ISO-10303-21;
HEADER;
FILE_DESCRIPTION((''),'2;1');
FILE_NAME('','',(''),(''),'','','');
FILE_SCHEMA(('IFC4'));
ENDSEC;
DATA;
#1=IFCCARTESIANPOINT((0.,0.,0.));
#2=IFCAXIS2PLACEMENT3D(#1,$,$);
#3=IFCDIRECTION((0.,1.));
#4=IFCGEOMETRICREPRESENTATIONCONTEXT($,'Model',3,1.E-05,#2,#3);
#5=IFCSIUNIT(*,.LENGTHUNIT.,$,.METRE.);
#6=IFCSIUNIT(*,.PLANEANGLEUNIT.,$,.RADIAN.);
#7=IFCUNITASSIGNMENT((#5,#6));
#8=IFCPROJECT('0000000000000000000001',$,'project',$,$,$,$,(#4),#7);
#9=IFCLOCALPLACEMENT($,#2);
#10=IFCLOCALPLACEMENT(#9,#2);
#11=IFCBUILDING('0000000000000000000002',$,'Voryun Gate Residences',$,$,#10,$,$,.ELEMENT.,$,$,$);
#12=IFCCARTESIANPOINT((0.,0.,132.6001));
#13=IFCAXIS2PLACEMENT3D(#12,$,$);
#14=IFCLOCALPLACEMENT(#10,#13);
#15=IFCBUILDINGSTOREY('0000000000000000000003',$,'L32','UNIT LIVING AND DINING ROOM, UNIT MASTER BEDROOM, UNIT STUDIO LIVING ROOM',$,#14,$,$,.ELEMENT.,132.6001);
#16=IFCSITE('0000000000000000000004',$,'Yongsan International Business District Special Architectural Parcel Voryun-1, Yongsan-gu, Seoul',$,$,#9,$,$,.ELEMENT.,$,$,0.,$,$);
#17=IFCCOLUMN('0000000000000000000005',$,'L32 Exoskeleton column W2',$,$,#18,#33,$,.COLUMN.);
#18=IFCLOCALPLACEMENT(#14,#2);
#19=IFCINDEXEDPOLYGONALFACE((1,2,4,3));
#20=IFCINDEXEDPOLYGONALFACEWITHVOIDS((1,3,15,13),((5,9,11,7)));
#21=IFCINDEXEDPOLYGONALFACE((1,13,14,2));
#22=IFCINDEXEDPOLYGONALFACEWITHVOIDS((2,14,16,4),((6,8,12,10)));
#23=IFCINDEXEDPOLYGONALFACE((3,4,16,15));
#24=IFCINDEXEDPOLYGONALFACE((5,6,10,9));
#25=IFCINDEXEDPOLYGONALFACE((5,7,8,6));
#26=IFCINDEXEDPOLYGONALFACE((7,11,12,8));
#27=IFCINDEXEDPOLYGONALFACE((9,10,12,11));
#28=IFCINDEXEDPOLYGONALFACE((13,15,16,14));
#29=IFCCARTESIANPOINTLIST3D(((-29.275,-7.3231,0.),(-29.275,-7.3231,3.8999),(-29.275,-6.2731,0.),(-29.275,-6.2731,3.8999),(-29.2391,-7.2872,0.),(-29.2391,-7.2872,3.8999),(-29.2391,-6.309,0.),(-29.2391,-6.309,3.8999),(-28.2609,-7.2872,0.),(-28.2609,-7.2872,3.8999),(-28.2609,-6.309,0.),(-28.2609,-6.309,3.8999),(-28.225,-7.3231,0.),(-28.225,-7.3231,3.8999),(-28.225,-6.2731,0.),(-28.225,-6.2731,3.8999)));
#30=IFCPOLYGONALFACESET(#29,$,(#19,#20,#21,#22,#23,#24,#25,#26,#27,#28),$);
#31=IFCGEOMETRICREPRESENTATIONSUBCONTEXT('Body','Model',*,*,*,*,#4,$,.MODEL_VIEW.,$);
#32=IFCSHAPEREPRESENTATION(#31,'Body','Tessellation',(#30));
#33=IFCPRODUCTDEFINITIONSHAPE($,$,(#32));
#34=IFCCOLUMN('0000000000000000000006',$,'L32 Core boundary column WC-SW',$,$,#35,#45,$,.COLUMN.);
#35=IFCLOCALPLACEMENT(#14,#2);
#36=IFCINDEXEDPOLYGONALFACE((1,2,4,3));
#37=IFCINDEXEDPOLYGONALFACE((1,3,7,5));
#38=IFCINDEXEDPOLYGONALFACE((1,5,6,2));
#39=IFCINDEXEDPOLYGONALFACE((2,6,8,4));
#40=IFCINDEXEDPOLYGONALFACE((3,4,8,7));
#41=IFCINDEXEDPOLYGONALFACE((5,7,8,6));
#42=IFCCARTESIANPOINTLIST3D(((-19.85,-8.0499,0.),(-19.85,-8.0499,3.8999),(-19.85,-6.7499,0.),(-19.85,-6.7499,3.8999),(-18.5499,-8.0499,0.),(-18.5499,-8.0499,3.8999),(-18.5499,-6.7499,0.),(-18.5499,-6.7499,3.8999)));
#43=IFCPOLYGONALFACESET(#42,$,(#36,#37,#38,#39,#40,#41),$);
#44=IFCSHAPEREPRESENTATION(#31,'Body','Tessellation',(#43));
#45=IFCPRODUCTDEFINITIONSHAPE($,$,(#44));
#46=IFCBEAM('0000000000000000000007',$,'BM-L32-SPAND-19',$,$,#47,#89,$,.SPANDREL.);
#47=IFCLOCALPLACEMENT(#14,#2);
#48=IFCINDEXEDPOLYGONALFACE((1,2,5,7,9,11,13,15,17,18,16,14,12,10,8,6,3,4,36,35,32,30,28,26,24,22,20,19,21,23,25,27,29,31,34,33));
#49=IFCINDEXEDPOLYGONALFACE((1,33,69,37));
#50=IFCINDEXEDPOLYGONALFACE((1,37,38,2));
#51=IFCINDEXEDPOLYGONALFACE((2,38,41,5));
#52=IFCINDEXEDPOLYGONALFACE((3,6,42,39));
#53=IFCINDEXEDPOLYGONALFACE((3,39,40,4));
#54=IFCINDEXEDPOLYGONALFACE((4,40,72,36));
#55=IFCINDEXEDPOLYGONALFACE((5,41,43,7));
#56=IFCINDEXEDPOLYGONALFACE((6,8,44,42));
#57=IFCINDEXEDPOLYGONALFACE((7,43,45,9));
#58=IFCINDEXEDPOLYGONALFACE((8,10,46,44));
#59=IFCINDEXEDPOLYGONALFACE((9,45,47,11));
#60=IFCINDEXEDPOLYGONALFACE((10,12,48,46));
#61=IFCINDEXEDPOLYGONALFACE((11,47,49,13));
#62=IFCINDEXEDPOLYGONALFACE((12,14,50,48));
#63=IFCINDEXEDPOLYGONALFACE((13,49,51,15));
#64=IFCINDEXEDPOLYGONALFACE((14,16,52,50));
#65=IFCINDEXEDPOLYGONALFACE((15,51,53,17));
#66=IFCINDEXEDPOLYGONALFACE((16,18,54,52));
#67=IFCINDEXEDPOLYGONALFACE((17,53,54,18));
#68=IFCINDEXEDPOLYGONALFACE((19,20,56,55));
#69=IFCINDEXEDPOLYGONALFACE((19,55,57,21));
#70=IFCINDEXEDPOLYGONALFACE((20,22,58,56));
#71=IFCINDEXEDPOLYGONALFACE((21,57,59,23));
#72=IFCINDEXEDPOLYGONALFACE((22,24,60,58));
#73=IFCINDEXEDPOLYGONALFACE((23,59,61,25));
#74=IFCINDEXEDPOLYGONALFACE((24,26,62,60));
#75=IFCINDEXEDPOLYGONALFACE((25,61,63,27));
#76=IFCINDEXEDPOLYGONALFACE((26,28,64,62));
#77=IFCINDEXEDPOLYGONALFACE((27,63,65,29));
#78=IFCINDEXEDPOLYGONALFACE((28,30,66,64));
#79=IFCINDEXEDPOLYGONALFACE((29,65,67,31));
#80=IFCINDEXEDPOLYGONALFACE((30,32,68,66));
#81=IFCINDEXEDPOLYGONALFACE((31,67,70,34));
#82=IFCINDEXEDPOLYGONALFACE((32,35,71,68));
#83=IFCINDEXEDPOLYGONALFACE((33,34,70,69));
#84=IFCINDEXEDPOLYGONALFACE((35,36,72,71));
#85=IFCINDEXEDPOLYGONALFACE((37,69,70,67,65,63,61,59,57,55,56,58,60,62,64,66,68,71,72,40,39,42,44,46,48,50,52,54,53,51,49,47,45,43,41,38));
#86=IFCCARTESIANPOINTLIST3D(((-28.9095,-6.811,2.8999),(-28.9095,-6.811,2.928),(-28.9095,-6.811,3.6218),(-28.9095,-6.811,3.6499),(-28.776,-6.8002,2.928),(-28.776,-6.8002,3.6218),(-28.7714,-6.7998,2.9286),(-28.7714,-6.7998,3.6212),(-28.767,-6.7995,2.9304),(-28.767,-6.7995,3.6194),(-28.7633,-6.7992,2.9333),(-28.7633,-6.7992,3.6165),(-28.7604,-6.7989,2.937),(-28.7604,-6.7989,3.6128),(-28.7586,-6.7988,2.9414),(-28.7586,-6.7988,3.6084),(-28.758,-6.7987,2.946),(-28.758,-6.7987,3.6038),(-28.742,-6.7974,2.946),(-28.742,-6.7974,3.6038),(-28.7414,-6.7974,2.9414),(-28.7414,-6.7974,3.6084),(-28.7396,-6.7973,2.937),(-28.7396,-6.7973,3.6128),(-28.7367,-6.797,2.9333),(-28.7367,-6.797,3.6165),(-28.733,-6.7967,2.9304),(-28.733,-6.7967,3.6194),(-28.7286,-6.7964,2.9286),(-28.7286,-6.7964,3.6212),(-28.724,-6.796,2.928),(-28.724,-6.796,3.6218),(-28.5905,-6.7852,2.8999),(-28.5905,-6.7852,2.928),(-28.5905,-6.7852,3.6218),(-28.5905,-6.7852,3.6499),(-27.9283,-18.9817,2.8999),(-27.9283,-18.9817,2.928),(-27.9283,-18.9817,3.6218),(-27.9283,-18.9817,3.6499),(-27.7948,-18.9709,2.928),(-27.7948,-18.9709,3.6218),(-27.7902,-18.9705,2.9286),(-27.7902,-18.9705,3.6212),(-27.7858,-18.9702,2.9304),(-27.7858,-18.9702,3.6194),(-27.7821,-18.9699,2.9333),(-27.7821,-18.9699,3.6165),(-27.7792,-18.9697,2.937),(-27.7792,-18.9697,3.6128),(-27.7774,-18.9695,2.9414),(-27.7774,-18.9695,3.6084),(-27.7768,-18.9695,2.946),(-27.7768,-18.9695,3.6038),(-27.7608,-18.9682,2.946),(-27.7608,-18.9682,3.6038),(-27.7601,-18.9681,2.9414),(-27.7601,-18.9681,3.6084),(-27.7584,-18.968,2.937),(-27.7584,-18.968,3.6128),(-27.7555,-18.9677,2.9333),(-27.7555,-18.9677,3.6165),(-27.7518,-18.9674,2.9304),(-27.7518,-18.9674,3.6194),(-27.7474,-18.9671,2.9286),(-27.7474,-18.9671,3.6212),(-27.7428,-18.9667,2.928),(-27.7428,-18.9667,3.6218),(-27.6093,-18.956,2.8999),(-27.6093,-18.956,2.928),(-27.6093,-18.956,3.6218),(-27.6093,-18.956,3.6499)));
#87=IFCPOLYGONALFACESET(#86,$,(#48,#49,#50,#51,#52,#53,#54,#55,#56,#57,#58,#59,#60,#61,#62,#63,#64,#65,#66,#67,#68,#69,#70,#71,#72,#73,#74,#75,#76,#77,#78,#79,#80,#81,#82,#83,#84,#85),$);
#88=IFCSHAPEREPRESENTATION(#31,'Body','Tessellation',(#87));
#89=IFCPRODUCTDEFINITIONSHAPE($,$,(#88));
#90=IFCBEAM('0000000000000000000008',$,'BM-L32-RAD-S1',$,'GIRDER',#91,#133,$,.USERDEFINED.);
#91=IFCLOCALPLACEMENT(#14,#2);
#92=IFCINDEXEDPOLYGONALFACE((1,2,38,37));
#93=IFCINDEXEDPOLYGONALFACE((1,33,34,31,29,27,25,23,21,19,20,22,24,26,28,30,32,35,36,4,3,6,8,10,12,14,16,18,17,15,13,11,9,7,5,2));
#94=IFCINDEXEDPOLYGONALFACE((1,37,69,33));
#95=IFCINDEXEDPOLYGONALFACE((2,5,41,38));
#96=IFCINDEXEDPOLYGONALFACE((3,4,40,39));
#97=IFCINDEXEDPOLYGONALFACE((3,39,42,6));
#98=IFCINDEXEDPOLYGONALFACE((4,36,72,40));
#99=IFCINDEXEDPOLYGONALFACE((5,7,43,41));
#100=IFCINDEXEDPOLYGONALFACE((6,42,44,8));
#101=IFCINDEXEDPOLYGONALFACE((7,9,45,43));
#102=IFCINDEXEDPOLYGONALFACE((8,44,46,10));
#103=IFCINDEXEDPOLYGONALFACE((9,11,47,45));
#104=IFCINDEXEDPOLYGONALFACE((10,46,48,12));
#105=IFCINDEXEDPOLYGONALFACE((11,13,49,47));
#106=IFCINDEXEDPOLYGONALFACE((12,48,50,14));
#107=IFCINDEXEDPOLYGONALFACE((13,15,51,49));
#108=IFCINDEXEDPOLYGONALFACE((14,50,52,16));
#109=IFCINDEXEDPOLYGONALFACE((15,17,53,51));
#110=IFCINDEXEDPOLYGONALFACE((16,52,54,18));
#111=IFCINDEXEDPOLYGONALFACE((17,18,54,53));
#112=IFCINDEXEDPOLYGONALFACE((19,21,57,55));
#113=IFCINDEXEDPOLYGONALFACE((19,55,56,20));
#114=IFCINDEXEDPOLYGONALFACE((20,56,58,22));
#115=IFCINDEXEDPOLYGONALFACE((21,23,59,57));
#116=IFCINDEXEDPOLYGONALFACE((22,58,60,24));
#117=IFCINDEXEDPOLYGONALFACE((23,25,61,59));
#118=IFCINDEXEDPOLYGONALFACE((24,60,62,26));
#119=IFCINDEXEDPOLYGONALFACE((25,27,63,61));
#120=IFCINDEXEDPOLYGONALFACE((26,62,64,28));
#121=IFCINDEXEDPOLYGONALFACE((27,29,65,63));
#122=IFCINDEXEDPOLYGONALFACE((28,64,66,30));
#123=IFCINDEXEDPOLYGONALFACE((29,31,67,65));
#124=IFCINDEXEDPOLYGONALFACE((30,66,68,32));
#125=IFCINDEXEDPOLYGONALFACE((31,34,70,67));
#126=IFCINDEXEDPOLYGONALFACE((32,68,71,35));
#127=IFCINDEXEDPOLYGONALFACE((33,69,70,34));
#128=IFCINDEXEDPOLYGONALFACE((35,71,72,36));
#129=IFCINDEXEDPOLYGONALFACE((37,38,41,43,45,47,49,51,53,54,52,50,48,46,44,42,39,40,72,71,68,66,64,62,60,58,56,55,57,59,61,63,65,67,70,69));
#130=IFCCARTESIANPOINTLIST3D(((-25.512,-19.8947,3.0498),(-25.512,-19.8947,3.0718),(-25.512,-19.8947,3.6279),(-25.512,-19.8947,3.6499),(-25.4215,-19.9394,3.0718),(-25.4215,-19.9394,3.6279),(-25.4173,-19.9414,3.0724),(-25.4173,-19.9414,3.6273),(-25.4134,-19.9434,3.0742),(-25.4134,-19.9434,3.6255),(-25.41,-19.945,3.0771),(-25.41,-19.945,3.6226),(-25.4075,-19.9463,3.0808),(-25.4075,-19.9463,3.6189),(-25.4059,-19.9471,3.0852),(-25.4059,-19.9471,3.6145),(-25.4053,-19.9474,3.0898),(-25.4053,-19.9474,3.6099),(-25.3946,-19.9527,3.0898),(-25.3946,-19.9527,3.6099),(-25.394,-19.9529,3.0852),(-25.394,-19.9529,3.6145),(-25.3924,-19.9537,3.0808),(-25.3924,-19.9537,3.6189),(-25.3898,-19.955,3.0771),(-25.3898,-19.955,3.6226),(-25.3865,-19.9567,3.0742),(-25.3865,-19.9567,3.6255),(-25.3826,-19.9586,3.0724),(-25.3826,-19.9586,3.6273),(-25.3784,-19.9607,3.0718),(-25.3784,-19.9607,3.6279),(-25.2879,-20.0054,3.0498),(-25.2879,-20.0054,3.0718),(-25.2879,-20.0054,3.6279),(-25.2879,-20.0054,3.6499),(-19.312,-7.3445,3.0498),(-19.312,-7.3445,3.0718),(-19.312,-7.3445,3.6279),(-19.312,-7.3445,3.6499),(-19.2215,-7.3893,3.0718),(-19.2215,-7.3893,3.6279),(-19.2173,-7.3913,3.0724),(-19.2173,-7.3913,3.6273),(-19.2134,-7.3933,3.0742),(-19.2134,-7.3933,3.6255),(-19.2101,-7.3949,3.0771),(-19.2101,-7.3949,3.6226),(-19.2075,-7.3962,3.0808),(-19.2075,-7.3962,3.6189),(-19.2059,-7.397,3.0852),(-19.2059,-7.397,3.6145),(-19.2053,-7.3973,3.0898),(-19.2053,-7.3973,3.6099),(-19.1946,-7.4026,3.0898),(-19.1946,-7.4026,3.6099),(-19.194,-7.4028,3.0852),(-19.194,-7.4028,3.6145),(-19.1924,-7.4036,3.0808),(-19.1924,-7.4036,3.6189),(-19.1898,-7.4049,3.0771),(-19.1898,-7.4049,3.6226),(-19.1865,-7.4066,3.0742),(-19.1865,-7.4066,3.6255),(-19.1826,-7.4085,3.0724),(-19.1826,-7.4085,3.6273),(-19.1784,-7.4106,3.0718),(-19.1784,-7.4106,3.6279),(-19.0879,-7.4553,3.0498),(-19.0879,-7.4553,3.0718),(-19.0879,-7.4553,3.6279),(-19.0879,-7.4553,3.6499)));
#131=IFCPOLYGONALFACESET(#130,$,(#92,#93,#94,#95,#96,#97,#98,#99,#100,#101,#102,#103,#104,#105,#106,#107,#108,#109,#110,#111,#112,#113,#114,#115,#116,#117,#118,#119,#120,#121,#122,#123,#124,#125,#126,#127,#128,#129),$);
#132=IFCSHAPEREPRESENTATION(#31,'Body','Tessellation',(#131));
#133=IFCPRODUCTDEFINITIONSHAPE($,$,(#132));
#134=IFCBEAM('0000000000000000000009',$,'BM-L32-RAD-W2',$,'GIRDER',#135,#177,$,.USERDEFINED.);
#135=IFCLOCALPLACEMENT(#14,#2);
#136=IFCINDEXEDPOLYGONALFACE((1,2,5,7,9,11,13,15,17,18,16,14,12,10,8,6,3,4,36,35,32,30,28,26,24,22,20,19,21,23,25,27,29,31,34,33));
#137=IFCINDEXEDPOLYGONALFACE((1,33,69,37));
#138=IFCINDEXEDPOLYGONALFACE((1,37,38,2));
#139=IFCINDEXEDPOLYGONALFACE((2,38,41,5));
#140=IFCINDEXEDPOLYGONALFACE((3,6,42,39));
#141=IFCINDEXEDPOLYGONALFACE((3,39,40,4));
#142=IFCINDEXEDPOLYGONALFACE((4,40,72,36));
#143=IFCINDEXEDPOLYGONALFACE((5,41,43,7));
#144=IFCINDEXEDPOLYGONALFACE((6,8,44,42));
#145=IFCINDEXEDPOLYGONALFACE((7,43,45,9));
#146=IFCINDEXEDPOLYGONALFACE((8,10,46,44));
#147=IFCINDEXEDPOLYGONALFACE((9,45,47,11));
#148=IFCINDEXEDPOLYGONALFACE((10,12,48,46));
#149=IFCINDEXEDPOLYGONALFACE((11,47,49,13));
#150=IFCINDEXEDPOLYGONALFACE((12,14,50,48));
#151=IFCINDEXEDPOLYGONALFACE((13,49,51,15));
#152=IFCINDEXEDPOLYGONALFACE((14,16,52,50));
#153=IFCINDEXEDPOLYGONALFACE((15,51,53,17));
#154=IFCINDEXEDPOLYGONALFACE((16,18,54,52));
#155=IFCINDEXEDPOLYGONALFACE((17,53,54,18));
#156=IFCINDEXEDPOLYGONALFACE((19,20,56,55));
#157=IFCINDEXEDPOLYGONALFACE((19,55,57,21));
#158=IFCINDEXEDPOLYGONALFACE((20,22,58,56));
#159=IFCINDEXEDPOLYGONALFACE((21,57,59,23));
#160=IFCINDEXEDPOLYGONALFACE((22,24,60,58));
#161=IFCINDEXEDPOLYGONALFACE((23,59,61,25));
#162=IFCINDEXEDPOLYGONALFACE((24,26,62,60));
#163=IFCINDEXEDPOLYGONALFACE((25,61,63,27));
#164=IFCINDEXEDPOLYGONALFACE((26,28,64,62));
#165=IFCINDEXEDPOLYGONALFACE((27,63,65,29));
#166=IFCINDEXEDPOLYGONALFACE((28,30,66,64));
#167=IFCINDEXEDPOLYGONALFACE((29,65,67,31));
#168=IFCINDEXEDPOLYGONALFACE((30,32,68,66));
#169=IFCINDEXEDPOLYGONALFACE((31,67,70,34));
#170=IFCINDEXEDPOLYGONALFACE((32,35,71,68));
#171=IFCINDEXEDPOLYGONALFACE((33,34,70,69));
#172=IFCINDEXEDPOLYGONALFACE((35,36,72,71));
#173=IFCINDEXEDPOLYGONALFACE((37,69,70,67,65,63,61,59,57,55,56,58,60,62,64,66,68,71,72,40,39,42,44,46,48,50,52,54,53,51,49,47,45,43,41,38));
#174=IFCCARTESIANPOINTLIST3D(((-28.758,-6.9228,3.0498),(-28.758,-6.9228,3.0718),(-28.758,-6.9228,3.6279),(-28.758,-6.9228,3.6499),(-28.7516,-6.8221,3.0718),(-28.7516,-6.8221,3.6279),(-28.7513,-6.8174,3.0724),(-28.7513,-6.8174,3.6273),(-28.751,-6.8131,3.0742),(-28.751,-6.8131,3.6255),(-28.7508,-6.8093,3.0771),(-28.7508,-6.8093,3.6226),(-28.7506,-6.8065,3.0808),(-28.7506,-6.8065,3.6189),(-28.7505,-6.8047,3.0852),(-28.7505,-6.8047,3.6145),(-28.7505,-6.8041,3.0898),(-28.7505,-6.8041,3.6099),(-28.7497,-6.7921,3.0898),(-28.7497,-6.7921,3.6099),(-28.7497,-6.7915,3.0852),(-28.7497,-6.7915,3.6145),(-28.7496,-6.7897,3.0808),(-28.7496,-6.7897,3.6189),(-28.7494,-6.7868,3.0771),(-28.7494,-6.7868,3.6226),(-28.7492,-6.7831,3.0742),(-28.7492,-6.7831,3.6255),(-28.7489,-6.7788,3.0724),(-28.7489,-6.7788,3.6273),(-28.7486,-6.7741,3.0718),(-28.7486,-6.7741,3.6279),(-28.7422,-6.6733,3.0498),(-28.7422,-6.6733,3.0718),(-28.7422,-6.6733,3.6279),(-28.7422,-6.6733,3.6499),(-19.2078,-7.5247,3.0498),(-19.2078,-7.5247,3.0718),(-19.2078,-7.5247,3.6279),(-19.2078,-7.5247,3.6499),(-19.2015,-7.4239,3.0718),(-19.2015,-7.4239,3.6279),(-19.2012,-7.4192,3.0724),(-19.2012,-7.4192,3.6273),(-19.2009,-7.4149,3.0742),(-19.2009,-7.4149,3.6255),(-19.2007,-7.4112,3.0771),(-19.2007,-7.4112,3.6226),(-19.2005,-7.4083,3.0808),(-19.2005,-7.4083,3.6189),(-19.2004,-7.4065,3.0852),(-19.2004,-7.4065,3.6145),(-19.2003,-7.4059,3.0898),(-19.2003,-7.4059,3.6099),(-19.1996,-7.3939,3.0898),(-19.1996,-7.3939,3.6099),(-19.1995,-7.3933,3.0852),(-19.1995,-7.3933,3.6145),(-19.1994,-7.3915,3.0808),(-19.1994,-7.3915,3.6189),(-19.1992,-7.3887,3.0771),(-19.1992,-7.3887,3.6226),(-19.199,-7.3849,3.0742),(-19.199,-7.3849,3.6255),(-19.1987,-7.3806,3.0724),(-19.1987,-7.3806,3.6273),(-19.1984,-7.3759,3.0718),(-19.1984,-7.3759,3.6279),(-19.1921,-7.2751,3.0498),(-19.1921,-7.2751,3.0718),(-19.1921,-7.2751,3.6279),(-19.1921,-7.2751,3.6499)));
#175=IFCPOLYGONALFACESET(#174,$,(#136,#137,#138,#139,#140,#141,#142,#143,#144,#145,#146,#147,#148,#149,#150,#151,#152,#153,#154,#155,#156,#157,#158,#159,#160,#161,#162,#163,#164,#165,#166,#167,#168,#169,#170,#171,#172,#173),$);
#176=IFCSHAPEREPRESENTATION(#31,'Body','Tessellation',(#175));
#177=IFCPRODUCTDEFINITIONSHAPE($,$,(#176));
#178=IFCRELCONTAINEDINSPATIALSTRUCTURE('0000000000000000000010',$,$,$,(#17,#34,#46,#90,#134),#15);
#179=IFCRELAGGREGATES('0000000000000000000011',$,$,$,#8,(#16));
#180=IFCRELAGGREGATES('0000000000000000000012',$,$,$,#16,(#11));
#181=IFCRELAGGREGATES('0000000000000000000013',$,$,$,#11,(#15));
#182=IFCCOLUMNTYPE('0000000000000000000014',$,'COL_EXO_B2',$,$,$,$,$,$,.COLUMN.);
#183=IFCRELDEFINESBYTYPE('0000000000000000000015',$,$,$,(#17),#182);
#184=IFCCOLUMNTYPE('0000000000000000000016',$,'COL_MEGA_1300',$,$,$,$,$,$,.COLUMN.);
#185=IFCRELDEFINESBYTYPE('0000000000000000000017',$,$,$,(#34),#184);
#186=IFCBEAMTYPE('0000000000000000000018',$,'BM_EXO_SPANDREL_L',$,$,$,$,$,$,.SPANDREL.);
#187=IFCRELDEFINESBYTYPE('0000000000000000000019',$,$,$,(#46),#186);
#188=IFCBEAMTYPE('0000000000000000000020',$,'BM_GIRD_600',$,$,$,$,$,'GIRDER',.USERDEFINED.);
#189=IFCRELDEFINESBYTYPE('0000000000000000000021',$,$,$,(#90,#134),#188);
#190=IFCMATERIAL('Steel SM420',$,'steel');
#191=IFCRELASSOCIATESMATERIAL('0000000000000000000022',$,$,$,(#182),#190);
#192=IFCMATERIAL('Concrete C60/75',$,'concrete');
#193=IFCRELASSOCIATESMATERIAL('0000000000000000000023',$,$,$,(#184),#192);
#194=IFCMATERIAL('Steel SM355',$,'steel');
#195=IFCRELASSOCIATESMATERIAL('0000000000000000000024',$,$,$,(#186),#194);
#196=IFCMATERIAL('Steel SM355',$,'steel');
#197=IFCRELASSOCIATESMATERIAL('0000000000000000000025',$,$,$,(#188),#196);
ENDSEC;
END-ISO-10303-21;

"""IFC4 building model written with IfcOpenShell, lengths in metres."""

from ifc_helpers import new_model, si_unit, direction, frame, origin, origin_2d, place, context, subcontext, project, spatial, rectangle, hollow_rectangle, i_section, extrude, material, material_profile, profile_set, type_object, element, save


model = new_model("IFC4")

# Units and contexts
model_context = context("Model", 3, precision=1e-05, world=origin(), true_north=direction((0.0, 1.0)))
body_context = subcontext(model_context, "Body", "Model", "MODEL_VIEW")
ifc_project = project(units=[si_unit("LENGTHUNIT", "METRE"), si_unit("PLANEANGLEUNIT", "RADIAN")], contexts=[model_context])

# Site, building, storey
site_placement = place(None, origin())
site = spatial("IfcSite", under=ifc_project, at=site_placement, Name="Yongsan International Business District Special Architectural Parcel Voryun-1, Yongsan-gu, Seoul", CompositionType="ELEMENT", RefElevation=0.0)
building_placement = place(site_placement, origin())
building = spatial("IfcBuilding", under=site, at=building_placement, Name="Voryun Gate Residences", CompositionType="ELEMENT")
storey_placement = place(building_placement, frame((0.0, 0.0, 132.6001)))
storey = spatial("IfcBuildingStorey", under=building, at=storey_placement, Name="L32", Description="UNIT LIVING AND DINING ROOM, UNIT MASTER BEDROOM, UNIT STUDIO LIVING ROOM", CompositionType="ELEMENT", Elevation=132.6001)

# Columns
ifc_material_1 = material(Name="Steel SM420", Category="steel")
ifc_material_profile_1 = material_profile(ifc_material_1, hollow_rectangle(XDim=1.05, YDim=1.05, WallThickness=0.0359, at=origin_2d()), Name="BOX-1050x1050x36")
ifc_profile_set_1 = profile_set([ifc_material_profile_1], Name="Steel SM420")
column_type_1 = type_object("IfcColumnType", Name="COL_EXO_B2", PredefinedType="COLUMN", material=ifc_profile_set_1)
column_1_placement = place(storey_placement, frame((-28.75, -6.7981, 0.0), z_axis=(0.0, 0.0, 1.0), x_axis=(1.0, 0.0, 0.0)))
element("IfcColumn", 1, at=column_1_placement, inside=storey, type_object=column_type_1, Name="L32 Exoskeleton column W2", PredefinedType="COLUMN", context=body_context, shape_type="SweptSolid", body=[
    extrude(hollow_rectangle(XDim=1.05, YDim=1.05, WallThickness=0.0359, at=origin_2d()), origin(), (0.0, 0.0, 1.0), 3.8999),
])
ifc_material_2 = material(Name="Concrete C60/75", Category="concrete")
ifc_material_profile_2 = material_profile(ifc_material_2, rectangle(XDim=1.3, YDim=1.3, at=origin_2d()), Name="RC-1300x1300")
ifc_profile_set_2 = profile_set([ifc_material_profile_2], Name="Concrete C60/75")
column_type_2 = type_object("IfcColumnType", Name="COL_MEGA_1300", PredefinedType="COLUMN", material=ifc_profile_set_2)
column_2_placement = place(storey_placement, frame((-19.2, -7.3999, 0.0), z_axis=(0.0, 0.0, 1.0), x_axis=(1.0, 0.0, 0.0)))
element("IfcColumn", 2, at=column_2_placement, inside=storey, type_object=column_type_2, Name="L32 Core boundary column WC-SW", PredefinedType="COLUMN", context=body_context, shape_type="SweptSolid", body=[
    extrude(rectangle(XDim=1.3, YDim=1.3, at=origin_2d()), origin(), (0.0, 0.0, 1.0), 3.8999),
])

# Beams
ifc_material_3 = material(Name="Steel SM355", Category="steel")
ifc_material_profile_3 = material_profile(ifc_material_3, i_section(OverallWidth=0.3201, OverallDepth=0.75, WebThickness=0.0161, FlangeThickness=0.0281, FilletRadius=0.0181, at=origin_2d()), Name="H-750x320x16x28")
ifc_profile_set_3 = profile_set([ifc_material_profile_3], Name="Steel SM355")
beam_type_1 = type_object("IfcBeamType", Name="BM_EXO_SPANDREL_L", PredefinedType="SPANDREL", material=ifc_profile_set_3)
beam_1_placement = place(storey_placement, frame((-28.75, -6.7981, 3.2749), z_axis=(0.08036, -0.996766, 0.0), x_axis=(0.996766, 0.08036, 0.0)))
element("IfcBeam", 3, at=beam_1_placement, inside=storey, type_object=beam_type_1, Name="BM-L32-SPAND-19", PredefinedType="SPANDREL", context=body_context, shape_type="SweptSolid", body=[
    extrude(i_section(OverallWidth=0.3201, OverallDepth=0.75, WebThickness=0.0161, FlangeThickness=0.0281, FilletRadius=0.0181, at=origin_2d()), origin(), (0.0, 0.0, 1.0), 12.2102),
])
ifc_material_4 = material(Name="Steel SM355", Category="steel")
ifc_material_profile_4 = material_profile(ifc_material_4, i_section(OverallWidth=0.25, OverallDepth=0.6001, WebThickness=0.012, FlangeThickness=0.022, FilletRadius=0.0181, at=origin_2d()), Name="H-600x250x12x22")
ifc_profile_set_4 = profile_set([ifc_material_profile_4], Name="Steel SM355")
beam_type_2 = type_object("IfcBeamType", Name="BM_GIRD_600", ElementType="GIRDER", PredefinedType="USERDEFINED", material=ifc_profile_set_4)
beam_2_placement = place(storey_placement, frame((-19.2, -7.3999, 3.3499), z_axis=(-0.442918, -0.896562, 0.0), x_axis=(0.896562, -0.442918, 0.0)))
element("IfcBeam", 4, at=beam_2_placement, inside=storey, type_object=beam_type_2, Name="BM-L32-RAD-S1", ObjectType="GIRDER", PredefinedType="USERDEFINED", context=body_context, shape_type="SweptSolid", body=[
    extrude(i_section(OverallWidth=0.25, OverallDepth=0.6001, WebThickness=0.012, FlangeThickness=0.022, FilletRadius=0.0181, at=origin_2d()), origin(), (0.0, 0.0, 1.0), 13.998),
])
beam_3_placement = place(storey_placement, frame((-19.2, -7.3999, 3.3499), z_axis=(-0.99802, 0.062891, 0.0), x_axis=(-0.062891, -0.99802, 0.0)))
element("IfcBeam", 5, at=beam_3_placement, inside=storey, type_object=beam_type_2, Name="BM-L32-RAD-W2", ObjectType="GIRDER", PredefinedType="USERDEFINED", context=body_context, shape_type="SweptSolid", body=[
    extrude(i_section(OverallWidth=0.25, OverallDepth=0.6001, WebThickness=0.012, FlangeThickness=0.022, FilletRadius=0.0181, at=origin_2d()), origin(), (0.0, 0.0, 1.0), 9.5691),
])

save(model, "model.ifc")
